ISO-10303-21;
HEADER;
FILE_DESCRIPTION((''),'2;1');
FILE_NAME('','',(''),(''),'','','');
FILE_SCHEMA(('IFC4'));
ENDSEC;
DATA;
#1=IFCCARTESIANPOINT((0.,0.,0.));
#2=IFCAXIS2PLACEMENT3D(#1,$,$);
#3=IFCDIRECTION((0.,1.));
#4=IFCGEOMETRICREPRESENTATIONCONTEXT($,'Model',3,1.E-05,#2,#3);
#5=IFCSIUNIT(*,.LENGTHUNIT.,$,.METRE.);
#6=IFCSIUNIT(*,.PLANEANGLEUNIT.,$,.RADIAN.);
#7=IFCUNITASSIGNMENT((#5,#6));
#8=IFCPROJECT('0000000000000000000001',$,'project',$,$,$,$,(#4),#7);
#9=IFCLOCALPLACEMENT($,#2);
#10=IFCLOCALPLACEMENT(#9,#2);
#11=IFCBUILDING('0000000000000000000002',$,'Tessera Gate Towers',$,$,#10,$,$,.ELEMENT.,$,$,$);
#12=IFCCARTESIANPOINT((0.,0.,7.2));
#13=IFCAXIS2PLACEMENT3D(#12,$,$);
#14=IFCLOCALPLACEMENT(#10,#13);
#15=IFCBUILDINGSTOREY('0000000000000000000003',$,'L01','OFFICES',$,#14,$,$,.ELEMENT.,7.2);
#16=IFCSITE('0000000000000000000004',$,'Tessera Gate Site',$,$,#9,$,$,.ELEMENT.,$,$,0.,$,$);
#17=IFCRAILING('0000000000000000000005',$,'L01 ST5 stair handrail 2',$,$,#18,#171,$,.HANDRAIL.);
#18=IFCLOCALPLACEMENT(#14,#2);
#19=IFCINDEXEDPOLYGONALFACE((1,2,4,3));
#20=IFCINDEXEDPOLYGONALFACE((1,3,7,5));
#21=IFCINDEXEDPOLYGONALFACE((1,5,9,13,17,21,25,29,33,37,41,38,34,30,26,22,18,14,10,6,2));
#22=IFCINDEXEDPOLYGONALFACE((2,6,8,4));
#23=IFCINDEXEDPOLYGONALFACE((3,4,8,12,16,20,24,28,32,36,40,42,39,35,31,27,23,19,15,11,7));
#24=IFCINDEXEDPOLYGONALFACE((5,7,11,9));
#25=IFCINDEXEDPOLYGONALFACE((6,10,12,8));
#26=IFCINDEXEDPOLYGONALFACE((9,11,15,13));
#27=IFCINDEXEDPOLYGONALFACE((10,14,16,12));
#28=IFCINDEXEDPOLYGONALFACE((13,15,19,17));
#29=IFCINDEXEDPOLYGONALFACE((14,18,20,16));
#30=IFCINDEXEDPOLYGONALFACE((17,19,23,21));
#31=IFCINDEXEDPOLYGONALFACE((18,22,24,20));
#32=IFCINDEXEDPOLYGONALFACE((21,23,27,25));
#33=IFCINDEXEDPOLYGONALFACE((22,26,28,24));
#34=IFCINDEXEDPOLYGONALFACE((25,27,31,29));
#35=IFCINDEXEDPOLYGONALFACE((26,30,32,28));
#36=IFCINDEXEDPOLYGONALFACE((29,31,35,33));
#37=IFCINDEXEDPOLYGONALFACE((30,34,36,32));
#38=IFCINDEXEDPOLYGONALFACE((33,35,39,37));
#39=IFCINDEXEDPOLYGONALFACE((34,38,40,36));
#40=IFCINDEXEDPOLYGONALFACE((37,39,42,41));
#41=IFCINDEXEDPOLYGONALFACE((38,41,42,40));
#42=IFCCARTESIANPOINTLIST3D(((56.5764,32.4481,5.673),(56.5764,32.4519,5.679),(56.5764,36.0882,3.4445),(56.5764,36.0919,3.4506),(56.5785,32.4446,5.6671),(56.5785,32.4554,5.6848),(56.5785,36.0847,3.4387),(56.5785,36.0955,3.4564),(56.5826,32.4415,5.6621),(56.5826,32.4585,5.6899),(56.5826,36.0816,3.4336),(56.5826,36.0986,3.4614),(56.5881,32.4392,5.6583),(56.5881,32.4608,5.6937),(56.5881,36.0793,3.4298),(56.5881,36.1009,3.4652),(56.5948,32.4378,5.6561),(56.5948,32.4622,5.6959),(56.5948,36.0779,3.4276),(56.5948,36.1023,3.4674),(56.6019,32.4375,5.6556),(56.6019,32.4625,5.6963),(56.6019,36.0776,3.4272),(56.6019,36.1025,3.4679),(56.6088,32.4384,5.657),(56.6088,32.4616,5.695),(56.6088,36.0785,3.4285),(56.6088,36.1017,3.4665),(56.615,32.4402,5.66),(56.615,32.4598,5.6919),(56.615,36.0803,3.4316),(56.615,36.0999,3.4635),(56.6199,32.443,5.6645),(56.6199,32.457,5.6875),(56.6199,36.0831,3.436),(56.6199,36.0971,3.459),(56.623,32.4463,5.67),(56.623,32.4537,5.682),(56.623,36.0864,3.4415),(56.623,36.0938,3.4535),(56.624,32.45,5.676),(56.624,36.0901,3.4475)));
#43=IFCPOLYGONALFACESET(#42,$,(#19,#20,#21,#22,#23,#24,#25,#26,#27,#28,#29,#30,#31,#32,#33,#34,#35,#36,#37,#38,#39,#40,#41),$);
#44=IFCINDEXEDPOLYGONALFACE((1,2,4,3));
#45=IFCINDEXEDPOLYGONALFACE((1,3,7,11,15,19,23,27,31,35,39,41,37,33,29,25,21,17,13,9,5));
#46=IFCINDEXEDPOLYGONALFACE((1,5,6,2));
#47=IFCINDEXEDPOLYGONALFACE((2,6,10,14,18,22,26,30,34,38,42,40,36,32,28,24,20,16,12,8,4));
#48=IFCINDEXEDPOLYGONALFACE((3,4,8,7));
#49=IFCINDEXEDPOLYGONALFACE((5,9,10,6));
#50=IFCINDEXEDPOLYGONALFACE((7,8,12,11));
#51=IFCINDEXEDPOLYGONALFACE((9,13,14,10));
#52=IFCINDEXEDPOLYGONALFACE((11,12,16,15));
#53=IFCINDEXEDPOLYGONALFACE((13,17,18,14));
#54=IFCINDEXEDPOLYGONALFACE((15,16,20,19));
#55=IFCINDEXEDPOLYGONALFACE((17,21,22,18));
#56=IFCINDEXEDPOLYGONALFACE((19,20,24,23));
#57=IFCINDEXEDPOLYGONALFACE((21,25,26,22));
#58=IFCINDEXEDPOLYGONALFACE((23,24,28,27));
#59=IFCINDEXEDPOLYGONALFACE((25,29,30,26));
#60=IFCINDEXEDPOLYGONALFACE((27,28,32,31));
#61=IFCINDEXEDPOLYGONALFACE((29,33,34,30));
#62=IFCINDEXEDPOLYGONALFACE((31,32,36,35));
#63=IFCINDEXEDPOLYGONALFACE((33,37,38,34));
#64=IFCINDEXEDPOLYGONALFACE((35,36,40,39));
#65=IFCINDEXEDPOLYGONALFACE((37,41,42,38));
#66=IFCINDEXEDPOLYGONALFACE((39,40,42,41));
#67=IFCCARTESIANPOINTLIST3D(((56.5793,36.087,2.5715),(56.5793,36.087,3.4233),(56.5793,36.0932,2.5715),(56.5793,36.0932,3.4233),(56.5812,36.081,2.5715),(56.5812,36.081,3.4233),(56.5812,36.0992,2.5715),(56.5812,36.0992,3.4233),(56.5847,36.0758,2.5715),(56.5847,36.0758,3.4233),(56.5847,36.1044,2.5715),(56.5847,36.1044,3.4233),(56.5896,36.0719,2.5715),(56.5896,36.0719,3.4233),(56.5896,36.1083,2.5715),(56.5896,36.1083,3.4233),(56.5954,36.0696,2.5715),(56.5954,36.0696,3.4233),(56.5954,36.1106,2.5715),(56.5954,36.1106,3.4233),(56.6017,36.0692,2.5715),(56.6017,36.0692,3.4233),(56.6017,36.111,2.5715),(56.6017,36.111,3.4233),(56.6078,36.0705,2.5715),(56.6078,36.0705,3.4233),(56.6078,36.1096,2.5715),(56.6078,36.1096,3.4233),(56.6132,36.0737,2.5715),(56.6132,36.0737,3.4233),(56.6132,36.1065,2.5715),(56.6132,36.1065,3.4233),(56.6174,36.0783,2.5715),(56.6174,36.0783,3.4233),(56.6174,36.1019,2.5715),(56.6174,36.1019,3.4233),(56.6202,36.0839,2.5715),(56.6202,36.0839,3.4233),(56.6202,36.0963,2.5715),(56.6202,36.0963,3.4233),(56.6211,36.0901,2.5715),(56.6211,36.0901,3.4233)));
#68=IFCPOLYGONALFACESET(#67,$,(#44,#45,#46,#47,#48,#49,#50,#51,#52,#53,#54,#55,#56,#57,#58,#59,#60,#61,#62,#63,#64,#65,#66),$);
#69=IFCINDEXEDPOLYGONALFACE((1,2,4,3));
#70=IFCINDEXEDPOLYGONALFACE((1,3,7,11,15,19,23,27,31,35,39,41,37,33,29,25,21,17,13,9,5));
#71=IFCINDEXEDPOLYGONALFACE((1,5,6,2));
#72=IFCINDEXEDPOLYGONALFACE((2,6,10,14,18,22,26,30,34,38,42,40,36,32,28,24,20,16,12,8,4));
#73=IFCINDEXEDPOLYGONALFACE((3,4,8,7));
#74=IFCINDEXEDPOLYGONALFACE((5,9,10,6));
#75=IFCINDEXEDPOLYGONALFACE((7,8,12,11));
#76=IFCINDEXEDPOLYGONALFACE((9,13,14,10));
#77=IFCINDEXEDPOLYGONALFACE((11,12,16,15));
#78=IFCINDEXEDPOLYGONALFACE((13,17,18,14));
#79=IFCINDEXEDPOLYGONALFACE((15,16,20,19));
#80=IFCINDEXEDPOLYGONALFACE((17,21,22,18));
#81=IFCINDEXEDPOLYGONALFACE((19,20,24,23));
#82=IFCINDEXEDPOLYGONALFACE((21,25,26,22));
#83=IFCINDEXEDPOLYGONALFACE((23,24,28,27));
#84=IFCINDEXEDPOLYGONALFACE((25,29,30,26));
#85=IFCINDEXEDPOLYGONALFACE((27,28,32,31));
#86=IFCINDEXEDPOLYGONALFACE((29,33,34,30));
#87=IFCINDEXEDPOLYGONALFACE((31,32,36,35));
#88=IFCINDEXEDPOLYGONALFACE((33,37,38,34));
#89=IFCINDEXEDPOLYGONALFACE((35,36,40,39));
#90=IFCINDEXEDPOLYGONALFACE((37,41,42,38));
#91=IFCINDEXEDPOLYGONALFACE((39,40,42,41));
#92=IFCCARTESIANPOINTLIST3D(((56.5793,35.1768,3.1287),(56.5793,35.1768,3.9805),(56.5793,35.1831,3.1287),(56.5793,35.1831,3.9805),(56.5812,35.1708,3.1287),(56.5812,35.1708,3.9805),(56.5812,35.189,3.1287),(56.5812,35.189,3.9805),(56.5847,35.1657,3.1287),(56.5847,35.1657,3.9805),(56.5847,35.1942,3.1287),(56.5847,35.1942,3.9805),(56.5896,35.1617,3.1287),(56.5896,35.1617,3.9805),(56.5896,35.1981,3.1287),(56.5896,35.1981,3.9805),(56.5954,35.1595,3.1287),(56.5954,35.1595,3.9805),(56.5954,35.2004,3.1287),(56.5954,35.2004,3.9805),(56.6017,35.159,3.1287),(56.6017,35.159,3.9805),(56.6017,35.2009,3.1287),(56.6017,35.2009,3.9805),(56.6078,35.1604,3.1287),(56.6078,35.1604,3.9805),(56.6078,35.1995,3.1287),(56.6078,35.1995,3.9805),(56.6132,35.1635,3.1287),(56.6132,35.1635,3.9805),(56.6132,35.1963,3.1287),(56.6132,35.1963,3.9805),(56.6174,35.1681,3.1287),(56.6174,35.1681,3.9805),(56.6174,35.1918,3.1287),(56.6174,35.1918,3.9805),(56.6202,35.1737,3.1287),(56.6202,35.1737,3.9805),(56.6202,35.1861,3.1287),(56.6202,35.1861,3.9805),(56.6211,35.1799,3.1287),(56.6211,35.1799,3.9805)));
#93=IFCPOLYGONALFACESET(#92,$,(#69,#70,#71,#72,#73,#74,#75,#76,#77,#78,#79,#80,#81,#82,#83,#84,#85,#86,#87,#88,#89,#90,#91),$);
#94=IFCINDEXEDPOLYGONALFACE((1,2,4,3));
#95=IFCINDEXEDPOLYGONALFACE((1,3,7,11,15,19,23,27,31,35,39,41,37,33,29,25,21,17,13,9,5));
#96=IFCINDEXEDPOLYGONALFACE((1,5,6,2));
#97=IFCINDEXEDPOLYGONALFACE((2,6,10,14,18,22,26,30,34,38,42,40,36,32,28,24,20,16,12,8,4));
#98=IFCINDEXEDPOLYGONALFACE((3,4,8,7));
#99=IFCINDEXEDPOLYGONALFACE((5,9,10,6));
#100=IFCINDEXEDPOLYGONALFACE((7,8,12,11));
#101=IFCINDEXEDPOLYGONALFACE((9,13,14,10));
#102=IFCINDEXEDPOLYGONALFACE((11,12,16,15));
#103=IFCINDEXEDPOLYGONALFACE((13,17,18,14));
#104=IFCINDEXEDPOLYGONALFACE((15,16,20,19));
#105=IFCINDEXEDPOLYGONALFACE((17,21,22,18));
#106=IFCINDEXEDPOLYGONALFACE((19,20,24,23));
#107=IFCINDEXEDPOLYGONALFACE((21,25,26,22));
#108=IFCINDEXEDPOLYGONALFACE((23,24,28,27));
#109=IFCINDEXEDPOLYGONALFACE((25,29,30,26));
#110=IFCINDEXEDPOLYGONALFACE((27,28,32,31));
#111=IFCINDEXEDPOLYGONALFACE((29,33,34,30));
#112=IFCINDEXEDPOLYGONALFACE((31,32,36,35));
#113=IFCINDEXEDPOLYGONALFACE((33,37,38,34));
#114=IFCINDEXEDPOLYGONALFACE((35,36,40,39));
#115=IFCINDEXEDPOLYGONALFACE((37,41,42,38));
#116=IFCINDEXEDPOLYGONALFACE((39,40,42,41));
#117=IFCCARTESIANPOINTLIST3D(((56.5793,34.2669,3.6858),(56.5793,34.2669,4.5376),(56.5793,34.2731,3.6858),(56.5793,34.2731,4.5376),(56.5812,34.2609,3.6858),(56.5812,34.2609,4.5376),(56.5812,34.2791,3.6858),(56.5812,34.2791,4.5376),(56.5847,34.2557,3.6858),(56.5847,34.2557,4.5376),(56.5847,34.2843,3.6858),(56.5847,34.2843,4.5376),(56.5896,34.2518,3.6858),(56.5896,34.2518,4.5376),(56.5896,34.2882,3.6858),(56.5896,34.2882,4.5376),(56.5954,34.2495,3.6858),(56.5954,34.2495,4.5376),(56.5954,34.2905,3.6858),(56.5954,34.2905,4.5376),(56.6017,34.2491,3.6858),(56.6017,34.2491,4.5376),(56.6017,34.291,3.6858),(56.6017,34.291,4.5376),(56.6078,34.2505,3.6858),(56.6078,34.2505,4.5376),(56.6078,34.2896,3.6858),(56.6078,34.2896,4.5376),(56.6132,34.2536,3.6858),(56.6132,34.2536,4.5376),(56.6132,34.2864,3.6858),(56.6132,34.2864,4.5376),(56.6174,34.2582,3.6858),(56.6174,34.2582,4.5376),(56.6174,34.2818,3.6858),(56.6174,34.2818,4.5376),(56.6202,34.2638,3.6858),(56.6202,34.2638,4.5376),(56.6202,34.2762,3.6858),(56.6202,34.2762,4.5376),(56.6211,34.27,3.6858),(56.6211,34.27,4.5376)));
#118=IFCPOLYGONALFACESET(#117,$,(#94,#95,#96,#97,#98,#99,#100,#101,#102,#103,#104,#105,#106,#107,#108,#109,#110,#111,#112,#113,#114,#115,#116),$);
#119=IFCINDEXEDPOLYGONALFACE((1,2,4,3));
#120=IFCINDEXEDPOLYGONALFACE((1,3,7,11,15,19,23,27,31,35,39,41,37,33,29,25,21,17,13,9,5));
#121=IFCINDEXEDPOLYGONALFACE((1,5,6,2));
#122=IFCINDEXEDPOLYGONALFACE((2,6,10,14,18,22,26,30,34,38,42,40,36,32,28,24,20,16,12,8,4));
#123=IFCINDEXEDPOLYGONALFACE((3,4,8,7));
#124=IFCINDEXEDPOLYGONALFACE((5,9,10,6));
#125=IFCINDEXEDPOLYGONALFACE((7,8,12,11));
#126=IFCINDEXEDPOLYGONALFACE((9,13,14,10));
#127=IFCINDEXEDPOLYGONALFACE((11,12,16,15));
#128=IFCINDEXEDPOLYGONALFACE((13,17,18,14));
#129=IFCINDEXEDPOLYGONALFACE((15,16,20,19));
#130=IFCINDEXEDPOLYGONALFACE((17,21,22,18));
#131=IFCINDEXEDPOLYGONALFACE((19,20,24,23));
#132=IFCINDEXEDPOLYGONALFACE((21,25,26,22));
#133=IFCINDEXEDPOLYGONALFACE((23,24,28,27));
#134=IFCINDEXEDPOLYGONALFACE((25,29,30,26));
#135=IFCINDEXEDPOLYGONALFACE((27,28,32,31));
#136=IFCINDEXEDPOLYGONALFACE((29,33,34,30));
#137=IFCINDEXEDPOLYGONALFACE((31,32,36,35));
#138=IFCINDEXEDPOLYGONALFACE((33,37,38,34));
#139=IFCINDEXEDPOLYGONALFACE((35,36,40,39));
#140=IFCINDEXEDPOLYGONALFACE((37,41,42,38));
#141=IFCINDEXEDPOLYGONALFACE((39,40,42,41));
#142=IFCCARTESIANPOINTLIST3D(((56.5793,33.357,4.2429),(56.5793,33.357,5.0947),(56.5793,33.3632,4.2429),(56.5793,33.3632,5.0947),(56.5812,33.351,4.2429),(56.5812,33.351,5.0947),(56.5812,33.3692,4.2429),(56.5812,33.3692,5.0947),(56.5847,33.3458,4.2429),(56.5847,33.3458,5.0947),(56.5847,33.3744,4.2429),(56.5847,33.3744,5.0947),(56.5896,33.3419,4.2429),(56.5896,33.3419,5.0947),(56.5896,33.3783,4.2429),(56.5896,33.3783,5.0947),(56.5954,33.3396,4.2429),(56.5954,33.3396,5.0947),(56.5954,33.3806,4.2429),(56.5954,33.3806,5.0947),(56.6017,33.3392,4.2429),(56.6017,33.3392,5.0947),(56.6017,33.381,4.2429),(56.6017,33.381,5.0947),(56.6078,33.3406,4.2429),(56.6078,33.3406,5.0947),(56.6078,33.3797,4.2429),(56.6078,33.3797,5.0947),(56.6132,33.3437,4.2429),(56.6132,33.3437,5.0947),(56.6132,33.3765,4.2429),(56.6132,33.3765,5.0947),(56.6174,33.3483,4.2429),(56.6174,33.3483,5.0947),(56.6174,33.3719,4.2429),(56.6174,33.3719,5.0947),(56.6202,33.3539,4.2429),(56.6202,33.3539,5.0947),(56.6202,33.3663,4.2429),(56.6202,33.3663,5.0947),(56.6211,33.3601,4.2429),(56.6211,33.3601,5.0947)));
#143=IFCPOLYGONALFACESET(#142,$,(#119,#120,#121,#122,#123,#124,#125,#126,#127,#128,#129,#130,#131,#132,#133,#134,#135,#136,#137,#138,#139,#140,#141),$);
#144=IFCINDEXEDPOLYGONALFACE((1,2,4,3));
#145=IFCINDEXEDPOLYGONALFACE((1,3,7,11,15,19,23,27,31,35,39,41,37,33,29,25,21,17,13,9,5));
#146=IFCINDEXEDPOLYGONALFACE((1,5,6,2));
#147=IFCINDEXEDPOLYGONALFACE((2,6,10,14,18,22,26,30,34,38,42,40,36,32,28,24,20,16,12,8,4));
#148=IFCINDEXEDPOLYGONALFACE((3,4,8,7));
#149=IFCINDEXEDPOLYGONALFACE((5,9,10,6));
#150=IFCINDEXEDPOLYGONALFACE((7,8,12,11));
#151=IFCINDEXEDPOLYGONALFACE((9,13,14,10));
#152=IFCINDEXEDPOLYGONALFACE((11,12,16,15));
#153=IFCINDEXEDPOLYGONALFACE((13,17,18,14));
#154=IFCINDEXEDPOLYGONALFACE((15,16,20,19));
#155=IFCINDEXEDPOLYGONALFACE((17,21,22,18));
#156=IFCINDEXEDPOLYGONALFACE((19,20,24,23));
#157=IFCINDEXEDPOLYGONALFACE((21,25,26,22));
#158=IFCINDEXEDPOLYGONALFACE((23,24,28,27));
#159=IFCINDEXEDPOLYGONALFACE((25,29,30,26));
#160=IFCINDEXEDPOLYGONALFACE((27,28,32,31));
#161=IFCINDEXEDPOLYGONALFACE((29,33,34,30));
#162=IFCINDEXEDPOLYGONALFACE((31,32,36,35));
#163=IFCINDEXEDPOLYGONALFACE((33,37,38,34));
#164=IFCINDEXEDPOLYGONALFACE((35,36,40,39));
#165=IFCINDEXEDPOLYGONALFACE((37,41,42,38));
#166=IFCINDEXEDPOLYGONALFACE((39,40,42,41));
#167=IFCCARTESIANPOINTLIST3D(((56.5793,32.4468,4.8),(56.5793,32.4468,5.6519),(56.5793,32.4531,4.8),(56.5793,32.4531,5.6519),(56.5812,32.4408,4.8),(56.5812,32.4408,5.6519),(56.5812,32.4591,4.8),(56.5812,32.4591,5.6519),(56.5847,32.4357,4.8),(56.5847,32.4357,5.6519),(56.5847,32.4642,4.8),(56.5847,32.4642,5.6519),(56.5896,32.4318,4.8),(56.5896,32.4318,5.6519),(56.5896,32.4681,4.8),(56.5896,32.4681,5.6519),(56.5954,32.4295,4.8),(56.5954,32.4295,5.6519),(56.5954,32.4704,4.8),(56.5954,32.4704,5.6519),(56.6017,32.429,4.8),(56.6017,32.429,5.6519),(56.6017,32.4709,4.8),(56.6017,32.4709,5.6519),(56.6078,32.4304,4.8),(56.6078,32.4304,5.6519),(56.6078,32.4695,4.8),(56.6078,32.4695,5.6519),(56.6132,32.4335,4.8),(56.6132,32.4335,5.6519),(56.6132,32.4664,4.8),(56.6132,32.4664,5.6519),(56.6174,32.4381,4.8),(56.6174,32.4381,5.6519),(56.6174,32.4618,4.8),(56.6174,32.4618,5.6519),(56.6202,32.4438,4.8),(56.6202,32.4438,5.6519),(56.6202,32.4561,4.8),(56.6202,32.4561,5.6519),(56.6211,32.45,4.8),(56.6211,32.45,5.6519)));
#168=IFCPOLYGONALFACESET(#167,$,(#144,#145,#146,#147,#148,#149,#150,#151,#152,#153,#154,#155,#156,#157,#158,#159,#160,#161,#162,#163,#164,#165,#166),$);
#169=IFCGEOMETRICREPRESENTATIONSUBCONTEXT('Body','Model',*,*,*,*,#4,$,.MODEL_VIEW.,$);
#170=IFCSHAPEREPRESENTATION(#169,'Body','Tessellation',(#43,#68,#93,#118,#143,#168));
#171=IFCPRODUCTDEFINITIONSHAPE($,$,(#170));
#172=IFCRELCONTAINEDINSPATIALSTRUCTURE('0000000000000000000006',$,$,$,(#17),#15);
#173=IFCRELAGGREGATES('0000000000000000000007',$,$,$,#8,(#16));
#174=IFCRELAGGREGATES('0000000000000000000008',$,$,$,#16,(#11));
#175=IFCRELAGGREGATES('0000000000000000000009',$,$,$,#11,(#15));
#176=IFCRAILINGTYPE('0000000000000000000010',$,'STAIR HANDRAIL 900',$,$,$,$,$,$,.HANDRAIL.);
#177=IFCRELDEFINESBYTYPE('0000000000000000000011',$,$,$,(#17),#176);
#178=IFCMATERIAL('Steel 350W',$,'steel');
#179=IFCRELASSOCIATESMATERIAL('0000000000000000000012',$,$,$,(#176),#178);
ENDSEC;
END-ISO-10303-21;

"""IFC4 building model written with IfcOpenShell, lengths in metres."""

from ifc_helpers import new_model, si_unit, direction, frame, origin, origin_2d, place, context, subcontext, project, spatial, circle, extrude, material, type_object, element, save


model = new_model("IFC4")

# Units and contexts
model_context = context("Model", 3, precision=1e-05, world=origin(), true_north=direction((0.0, 1.0)))
body_context = subcontext(model_context, "Body", "Model", "MODEL_VIEW")
ifc_project = project(units=[si_unit("LENGTHUNIT", "METRE"), si_unit("PLANEANGLEUNIT", "RADIAN")], contexts=[model_context])

# Site, building, storey
site_placement = place(None, origin())
site = spatial("IfcSite", under=ifc_project, at=site_placement, Name="Tessera Gate Site", CompositionType="ELEMENT", RefElevation=0.0)
building_placement = place(site_placement, origin())
building = spatial("IfcBuilding", under=site, at=building_placement, Name="Tessera Gate Towers", CompositionType="ELEMENT")
storey_placement = place(building_placement, frame((0.0, 0.0, 7.2)))
storey = spatial("IfcBuildingStorey", under=building, at=storey_placement, Name="L01", Description="OFFICES", CompositionType="ELEMENT", Elevation=7.2)

# Railing
ifc_material_1 = material(Name="Steel 350W", Category="steel")
railing_type_1 = type_object("IfcRailingType", Name="STAIR HANDRAIL 900", PredefinedType="HANDRAIL", material=ifc_material_1)
for number, where, name in (
    (1, (56.6001, 36.0901, 2.5715), "L01 ST5 stair handrail 2"),
):
    element("IfcRailing", number, at=place(storey_placement, frame(where)), inside=storey, type_object=railing_type_1, Name=name, PredefinedType="HANDRAIL", context=body_context, shape_type="SweptSolid", body=[
        extrude(circle(Radius=0.0239, at=origin_2d()), frame((0.0, 0.0, 0.876), z_axis=(0.0, -0.852866, 0.52213), x_axis=(1.0, 0.0, 0.0)), (0.0, 0.0, 1.0), 4.2681),
        extrude(circle(Radius=0.021, at=origin_2d()), origin(), (0.0, 0.0, 1.0), 0.8518),
        extrude(circle(Radius=0.021, at=origin_2d()), frame((0.0, -0.9102, 0.5571)), (0.0, 0.0, 1.0), 0.8518),
        extrude(circle(Radius=0.021, at=origin_2d()), frame((0.0, -1.8201, 1.1143)), (0.0, 0.0, 1.0), 0.8518),
        extrude(circle(Radius=0.021, at=origin_2d()), frame((0.0, -2.73, 1.6714)), (0.0, 0.0, 1.0), 0.8518),
        extrude(circle(Radius=0.021, at=origin_2d()), frame((0.0, -3.6401, 2.2285)), (0.0, 0.0, 1.0), 0.8518),
    ])

save(model, "model.ifc")
